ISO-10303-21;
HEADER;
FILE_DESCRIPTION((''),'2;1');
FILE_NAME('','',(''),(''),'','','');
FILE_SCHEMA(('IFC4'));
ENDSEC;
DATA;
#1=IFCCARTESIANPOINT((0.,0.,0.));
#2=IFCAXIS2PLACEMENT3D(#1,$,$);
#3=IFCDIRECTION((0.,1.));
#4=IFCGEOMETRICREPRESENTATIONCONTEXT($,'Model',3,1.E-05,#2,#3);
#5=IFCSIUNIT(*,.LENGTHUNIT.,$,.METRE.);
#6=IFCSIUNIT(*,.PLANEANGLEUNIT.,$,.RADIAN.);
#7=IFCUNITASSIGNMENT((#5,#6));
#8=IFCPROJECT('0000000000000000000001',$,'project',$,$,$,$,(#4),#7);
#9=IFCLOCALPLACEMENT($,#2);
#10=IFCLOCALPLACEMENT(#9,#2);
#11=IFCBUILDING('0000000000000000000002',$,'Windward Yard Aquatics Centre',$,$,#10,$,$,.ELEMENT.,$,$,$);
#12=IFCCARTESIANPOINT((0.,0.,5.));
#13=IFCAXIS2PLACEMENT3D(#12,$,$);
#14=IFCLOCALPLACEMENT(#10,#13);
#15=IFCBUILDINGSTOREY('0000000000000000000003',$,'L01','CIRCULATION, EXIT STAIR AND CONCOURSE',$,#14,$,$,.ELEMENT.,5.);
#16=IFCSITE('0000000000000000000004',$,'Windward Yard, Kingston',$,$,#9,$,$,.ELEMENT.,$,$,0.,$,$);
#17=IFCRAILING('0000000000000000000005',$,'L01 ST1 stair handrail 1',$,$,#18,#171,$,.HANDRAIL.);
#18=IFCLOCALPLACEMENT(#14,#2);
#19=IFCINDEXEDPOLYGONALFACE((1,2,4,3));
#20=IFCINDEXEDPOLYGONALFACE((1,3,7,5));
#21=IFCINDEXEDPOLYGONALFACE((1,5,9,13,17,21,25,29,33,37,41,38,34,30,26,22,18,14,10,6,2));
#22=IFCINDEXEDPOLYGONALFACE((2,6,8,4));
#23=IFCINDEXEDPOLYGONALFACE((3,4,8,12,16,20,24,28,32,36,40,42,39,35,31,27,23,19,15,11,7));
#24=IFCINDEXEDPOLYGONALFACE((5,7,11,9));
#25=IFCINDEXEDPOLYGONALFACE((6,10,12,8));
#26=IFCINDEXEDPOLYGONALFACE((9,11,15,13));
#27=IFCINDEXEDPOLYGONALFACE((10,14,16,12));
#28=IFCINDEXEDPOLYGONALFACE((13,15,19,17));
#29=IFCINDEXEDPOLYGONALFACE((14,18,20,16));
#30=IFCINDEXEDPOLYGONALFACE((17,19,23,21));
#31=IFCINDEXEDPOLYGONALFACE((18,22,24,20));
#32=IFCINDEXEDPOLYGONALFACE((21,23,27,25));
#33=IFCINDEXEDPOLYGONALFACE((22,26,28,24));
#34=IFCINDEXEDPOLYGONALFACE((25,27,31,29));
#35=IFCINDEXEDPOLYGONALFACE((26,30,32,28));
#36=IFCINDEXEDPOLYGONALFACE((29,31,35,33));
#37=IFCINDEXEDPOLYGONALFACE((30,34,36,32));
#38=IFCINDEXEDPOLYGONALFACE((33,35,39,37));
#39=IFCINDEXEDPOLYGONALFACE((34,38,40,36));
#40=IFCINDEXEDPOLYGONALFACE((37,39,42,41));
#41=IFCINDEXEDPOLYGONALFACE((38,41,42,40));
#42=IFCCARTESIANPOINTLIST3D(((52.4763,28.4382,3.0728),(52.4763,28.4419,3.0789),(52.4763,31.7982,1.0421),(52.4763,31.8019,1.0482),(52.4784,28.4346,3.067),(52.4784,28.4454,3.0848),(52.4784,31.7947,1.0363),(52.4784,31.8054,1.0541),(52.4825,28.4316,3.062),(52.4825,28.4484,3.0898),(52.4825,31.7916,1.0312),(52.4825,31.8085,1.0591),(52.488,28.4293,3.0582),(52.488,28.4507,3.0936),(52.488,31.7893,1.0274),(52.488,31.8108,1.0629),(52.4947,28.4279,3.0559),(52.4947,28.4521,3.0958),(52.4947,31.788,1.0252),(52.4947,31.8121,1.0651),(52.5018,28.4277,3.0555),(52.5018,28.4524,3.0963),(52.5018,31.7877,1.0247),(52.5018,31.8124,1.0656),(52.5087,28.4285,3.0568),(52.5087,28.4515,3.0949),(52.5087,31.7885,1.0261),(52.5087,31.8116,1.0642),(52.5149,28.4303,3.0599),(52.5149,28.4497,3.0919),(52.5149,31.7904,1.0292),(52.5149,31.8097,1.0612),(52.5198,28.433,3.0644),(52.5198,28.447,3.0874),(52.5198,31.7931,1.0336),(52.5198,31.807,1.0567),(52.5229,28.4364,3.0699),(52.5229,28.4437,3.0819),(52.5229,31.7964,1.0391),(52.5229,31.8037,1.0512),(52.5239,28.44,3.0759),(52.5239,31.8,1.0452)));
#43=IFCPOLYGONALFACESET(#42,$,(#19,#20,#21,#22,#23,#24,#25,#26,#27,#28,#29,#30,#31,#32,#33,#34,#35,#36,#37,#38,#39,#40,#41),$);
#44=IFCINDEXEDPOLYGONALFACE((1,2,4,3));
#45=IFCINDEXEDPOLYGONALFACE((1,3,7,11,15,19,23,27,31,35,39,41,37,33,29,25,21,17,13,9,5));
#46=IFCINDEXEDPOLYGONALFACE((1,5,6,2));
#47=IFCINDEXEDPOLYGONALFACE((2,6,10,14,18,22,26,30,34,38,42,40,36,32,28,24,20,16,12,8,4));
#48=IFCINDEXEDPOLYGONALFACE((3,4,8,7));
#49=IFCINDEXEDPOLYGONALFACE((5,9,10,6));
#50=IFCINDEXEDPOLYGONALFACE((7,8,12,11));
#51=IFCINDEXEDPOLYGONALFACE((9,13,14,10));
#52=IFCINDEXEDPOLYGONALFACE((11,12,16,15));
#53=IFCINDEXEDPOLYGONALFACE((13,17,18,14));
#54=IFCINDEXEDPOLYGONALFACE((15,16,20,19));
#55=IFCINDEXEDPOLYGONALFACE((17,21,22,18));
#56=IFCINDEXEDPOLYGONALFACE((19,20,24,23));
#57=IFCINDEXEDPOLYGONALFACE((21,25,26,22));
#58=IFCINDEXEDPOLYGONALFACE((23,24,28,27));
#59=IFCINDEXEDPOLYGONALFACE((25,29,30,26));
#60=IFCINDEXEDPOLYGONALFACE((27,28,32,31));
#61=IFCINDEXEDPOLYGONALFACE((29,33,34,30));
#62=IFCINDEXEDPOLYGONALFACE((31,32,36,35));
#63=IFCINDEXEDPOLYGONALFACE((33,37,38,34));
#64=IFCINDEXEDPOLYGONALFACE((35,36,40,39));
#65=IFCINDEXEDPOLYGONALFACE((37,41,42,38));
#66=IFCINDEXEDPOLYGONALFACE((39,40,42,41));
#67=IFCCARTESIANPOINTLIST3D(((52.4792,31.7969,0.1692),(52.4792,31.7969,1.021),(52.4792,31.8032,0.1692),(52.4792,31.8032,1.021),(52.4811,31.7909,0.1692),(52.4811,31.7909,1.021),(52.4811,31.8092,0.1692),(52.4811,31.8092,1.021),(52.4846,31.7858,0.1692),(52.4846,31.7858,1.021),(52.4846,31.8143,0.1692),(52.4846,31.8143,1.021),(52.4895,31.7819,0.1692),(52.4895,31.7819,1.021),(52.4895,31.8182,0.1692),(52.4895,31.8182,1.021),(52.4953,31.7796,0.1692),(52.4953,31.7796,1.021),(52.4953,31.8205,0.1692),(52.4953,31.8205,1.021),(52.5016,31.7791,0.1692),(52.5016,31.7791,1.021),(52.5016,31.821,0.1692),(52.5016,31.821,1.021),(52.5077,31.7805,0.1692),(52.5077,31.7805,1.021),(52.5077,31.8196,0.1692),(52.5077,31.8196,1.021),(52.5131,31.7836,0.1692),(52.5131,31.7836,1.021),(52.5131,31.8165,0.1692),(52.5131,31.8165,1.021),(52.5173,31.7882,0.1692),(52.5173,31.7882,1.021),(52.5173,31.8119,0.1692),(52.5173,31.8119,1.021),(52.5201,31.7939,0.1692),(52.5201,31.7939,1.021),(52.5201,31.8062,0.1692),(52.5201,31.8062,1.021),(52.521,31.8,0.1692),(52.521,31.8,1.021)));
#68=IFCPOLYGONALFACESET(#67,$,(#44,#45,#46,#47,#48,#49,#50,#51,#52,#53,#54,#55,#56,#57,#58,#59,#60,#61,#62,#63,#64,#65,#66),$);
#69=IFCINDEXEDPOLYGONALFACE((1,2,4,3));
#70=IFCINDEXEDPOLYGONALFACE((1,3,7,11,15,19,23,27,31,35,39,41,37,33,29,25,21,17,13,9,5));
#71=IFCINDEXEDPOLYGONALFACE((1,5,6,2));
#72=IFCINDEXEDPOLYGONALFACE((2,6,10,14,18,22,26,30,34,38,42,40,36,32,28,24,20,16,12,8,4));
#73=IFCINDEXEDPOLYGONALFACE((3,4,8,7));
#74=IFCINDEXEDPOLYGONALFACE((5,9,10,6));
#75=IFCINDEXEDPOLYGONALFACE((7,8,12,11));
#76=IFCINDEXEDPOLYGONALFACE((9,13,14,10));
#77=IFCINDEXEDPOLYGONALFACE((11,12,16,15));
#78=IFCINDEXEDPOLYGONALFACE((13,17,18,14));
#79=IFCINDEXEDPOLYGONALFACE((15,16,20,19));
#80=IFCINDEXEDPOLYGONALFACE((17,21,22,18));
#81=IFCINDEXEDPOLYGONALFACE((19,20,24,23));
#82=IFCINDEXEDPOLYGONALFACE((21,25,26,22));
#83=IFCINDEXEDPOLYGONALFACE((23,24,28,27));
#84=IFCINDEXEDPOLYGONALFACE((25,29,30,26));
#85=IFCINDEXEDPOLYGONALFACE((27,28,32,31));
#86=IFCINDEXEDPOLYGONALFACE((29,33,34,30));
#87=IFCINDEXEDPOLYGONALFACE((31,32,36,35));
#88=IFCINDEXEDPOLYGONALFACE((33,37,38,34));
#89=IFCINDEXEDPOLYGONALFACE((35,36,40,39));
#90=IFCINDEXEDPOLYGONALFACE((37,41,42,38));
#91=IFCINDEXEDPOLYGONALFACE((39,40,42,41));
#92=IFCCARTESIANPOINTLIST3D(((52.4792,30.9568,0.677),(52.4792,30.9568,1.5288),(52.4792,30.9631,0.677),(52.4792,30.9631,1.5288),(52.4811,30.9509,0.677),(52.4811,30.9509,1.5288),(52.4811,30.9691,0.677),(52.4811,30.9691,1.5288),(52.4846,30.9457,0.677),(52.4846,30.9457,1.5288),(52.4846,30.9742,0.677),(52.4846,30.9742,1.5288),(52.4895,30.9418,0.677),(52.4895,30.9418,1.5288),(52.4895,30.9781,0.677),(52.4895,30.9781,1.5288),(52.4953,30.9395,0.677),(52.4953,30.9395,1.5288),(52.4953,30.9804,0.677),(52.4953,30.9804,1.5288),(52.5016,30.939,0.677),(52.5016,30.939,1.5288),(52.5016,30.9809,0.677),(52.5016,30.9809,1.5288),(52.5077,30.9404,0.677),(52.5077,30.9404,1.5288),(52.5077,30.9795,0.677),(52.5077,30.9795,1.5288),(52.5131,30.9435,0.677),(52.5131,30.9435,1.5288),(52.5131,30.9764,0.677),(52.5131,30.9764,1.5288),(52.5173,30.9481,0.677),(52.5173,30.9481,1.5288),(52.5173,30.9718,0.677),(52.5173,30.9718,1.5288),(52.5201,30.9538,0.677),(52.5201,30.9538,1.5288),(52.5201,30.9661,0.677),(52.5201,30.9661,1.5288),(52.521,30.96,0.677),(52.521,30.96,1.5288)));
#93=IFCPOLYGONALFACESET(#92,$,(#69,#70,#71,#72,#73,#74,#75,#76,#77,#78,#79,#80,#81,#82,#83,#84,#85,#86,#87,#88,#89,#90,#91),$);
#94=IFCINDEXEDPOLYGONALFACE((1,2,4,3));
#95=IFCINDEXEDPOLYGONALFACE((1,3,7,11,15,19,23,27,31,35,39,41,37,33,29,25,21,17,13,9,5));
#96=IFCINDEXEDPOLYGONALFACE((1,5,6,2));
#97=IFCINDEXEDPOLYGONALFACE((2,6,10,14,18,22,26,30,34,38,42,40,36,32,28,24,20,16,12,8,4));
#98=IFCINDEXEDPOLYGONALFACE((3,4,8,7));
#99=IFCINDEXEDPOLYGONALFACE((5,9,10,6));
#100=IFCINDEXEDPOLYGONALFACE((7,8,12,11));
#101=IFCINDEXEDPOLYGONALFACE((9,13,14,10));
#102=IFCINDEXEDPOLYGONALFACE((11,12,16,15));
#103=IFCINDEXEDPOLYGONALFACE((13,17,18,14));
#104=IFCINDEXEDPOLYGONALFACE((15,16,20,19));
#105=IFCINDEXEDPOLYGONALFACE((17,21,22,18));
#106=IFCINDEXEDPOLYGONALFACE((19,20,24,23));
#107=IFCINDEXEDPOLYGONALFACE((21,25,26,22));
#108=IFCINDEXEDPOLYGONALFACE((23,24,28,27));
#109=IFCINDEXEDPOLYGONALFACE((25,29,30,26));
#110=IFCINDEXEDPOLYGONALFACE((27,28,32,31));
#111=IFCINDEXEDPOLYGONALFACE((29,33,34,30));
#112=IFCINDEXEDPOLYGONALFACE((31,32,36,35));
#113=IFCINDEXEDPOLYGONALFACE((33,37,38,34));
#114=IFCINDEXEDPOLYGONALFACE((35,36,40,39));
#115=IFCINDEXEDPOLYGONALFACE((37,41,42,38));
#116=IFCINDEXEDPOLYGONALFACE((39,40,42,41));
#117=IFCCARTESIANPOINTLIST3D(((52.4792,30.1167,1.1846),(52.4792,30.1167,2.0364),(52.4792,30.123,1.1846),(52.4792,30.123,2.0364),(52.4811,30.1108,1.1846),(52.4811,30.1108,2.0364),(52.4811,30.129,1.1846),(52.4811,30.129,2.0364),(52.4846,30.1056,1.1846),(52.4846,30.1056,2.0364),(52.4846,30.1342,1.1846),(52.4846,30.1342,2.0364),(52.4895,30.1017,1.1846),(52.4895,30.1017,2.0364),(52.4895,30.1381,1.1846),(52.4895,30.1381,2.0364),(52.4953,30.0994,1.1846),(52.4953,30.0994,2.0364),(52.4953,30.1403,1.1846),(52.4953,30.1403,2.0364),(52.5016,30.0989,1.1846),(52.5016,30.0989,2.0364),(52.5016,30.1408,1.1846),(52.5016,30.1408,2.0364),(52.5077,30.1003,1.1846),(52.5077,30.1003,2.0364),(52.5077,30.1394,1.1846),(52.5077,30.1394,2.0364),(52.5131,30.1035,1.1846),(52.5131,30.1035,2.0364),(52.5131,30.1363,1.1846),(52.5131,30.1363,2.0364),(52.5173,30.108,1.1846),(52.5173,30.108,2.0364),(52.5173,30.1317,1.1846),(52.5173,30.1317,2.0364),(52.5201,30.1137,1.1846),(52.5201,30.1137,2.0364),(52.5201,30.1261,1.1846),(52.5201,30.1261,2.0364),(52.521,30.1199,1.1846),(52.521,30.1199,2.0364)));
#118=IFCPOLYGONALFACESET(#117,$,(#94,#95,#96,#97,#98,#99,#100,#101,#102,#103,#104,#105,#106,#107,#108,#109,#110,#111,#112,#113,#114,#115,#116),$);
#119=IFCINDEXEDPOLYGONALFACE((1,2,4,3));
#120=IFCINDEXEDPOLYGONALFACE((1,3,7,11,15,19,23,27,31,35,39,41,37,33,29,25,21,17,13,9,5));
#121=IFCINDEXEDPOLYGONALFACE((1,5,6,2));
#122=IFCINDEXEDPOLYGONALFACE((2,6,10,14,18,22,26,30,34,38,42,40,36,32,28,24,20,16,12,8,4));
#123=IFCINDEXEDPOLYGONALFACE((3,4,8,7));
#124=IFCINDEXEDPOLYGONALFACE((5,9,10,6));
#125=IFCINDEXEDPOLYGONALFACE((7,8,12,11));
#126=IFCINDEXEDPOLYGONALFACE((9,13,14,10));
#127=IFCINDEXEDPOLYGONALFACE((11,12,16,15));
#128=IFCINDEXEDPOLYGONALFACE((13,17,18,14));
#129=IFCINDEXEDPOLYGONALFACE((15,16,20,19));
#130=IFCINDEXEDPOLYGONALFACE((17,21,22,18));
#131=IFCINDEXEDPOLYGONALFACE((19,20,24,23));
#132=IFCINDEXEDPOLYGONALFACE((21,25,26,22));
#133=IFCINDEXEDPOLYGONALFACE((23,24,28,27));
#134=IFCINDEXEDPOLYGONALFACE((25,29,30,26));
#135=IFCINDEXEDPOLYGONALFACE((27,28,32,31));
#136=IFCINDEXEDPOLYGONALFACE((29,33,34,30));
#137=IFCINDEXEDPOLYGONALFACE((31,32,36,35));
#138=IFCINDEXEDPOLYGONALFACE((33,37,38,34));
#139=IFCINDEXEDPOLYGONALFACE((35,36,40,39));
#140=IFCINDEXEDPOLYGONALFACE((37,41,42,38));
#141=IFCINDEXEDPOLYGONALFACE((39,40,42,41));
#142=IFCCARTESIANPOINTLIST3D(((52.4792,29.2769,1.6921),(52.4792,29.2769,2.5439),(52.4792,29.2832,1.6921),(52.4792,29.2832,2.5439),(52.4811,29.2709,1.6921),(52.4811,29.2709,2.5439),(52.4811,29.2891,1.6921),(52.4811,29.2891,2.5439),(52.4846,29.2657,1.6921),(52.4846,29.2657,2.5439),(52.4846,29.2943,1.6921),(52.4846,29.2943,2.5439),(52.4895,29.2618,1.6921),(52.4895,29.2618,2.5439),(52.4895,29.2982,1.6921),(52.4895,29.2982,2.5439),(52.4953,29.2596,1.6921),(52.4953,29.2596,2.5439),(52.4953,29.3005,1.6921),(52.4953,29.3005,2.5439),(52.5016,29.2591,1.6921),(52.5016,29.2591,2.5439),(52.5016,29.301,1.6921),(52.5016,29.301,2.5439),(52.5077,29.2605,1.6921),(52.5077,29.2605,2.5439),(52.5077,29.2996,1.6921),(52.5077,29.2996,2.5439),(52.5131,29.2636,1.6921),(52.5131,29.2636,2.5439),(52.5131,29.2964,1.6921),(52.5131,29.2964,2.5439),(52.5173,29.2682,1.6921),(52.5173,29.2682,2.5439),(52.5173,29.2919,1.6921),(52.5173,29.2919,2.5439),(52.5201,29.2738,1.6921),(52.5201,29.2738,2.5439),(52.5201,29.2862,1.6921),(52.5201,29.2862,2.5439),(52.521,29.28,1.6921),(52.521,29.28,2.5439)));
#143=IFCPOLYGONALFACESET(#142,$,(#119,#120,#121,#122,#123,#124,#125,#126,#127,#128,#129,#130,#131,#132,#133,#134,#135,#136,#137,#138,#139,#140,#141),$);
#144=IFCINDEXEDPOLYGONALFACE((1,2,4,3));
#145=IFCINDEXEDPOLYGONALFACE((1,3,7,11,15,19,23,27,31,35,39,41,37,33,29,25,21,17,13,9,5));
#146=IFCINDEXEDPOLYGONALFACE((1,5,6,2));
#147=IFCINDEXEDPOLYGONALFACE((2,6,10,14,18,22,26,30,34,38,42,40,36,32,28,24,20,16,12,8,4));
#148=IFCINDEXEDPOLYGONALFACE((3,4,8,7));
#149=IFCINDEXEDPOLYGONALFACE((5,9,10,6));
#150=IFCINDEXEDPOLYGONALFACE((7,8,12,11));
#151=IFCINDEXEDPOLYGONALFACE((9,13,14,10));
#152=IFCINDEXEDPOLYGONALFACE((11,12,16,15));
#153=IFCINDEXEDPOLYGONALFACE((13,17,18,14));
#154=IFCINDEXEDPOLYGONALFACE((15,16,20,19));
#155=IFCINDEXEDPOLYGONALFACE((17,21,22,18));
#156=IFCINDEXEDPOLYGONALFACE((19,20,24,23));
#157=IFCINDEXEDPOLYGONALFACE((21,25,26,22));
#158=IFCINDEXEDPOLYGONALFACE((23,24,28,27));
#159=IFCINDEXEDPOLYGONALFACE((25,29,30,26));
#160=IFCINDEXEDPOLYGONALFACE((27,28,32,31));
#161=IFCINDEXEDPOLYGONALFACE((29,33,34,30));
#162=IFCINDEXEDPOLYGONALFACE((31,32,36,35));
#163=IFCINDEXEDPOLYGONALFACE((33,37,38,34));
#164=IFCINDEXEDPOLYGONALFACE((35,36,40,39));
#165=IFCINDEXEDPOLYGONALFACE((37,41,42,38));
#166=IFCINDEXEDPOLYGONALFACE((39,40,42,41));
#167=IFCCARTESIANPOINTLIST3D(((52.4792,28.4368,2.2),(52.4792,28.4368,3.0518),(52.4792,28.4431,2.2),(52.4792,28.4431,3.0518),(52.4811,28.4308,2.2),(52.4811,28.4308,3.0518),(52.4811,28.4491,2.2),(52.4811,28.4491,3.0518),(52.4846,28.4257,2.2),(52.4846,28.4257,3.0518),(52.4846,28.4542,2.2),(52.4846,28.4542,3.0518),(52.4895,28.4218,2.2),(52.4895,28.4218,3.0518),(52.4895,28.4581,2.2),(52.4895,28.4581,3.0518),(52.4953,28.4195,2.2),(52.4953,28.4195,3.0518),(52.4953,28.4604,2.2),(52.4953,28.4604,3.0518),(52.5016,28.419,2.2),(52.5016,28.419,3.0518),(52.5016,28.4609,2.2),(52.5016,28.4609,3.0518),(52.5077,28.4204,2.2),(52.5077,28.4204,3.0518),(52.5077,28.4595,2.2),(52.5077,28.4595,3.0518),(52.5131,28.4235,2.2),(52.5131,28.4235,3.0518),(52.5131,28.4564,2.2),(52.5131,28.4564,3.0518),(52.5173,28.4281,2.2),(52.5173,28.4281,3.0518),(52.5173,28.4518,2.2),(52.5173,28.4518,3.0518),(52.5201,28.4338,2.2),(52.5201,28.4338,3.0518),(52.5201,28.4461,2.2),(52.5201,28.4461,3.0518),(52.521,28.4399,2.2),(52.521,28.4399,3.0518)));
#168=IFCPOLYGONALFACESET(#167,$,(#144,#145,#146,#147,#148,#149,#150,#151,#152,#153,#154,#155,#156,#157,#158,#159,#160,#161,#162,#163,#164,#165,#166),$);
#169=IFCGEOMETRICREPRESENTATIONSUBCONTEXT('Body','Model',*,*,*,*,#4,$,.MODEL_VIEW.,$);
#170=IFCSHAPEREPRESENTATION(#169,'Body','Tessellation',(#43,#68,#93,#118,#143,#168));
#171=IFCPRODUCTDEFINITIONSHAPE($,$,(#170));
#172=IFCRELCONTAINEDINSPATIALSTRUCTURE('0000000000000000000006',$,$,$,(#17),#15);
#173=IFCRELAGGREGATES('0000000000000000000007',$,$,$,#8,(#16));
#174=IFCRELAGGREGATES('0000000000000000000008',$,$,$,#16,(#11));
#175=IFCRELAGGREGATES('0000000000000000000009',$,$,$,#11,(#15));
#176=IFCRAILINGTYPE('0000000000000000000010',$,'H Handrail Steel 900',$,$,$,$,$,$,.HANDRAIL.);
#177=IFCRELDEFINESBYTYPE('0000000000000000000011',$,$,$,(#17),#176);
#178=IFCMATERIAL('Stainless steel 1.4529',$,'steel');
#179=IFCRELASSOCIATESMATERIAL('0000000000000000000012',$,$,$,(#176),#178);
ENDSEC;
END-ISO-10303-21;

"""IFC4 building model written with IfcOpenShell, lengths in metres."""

from ifc_helpers import new_model, si_unit, direction, frame, origin, origin_2d, place, context, subcontext, project, spatial, circle, extrude, material, type_object, element, save


model = new_model("IFC4")

# Units and contexts
model_context = context("Model", 3, precision=1e-05, world=origin(), true_north=direction((0.0, 1.0)))
body_context = subcontext(model_context, "Body", "Model", "MODEL_VIEW")
ifc_project = project(units=[si_unit("LENGTHUNIT", "METRE"), si_unit("PLANEANGLEUNIT", "RADIAN")], contexts=[model_context])

# Site, building, storey
site_placement = place(None, origin())
site = spatial("IfcSite", under=ifc_project, at=site_placement, Name="Windward Yard, Kingston", CompositionType="ELEMENT", RefElevation=0.0)
building_placement = place(site_placement, origin())
building = spatial("IfcBuilding", under=site, at=building_placement, Name="Windward Yard Aquatics Centre", CompositionType="ELEMENT")
storey_placement = place(building_placement, frame((0.0, 0.0, 5.0)))
storey = spatial("IfcBuildingStorey", under=building, at=storey_placement, Name="L01", Description="CIRCULATION, EXIT STAIR AND CONCOURSE", CompositionType="ELEMENT", Elevation=5.0)

# Railing
ifc_material_1 = material(Name="Stainless steel 1.4529", Category="steel")
railing_type = type_object("IfcRailingType", Name="H Handrail Steel 900", PredefinedType="HANDRAIL", material=ifc_material_1)
railing_placement = place(storey_placement, frame((52.5, 31.8, 0.1692)))
element("IfcRailing", 1, at=railing_placement, inside=storey, type_object=railing_type, Name="L01 ST1 stair handrail 1", PredefinedType="HANDRAIL", context=body_context, shape_type="SweptSolid", body=[
    extrude(circle(Radius=0.0239, at=origin_2d()), frame((0.0, 0.0, 0.876), z_axis=(0.0, -0.855837, 0.517246), x_axis=(1.0, 0.0, 0.0)), (0.0, 0.0, 1.0), 3.926),
    extrude(circle(Radius=0.021, at=origin_2d()), origin(), (0.0, 0.0, 1.0), 0.8518),
    extrude(circle(Radius=0.021, at=origin_2d()), frame((0.0, -0.8401, 0.5078)), (0.0, 0.0, 1.0), 0.8518),
    extrude(circle(Radius=0.021, at=origin_2d()), frame((0.0, -1.6802, 1.0154)), (0.0, 0.0, 1.0), 0.8518),
    extrude(circle(Radius=0.021, at=origin_2d()), frame((0.0, -2.52, 1.5229)), (0.0, 0.0, 1.0), 0.8518),
    extrude(circle(Radius=0.021, at=origin_2d()), frame((0.0, -3.3601, 2.0308)), (0.0, 0.0, 1.0), 0.8518),
])

save(model, "model.ifc")
